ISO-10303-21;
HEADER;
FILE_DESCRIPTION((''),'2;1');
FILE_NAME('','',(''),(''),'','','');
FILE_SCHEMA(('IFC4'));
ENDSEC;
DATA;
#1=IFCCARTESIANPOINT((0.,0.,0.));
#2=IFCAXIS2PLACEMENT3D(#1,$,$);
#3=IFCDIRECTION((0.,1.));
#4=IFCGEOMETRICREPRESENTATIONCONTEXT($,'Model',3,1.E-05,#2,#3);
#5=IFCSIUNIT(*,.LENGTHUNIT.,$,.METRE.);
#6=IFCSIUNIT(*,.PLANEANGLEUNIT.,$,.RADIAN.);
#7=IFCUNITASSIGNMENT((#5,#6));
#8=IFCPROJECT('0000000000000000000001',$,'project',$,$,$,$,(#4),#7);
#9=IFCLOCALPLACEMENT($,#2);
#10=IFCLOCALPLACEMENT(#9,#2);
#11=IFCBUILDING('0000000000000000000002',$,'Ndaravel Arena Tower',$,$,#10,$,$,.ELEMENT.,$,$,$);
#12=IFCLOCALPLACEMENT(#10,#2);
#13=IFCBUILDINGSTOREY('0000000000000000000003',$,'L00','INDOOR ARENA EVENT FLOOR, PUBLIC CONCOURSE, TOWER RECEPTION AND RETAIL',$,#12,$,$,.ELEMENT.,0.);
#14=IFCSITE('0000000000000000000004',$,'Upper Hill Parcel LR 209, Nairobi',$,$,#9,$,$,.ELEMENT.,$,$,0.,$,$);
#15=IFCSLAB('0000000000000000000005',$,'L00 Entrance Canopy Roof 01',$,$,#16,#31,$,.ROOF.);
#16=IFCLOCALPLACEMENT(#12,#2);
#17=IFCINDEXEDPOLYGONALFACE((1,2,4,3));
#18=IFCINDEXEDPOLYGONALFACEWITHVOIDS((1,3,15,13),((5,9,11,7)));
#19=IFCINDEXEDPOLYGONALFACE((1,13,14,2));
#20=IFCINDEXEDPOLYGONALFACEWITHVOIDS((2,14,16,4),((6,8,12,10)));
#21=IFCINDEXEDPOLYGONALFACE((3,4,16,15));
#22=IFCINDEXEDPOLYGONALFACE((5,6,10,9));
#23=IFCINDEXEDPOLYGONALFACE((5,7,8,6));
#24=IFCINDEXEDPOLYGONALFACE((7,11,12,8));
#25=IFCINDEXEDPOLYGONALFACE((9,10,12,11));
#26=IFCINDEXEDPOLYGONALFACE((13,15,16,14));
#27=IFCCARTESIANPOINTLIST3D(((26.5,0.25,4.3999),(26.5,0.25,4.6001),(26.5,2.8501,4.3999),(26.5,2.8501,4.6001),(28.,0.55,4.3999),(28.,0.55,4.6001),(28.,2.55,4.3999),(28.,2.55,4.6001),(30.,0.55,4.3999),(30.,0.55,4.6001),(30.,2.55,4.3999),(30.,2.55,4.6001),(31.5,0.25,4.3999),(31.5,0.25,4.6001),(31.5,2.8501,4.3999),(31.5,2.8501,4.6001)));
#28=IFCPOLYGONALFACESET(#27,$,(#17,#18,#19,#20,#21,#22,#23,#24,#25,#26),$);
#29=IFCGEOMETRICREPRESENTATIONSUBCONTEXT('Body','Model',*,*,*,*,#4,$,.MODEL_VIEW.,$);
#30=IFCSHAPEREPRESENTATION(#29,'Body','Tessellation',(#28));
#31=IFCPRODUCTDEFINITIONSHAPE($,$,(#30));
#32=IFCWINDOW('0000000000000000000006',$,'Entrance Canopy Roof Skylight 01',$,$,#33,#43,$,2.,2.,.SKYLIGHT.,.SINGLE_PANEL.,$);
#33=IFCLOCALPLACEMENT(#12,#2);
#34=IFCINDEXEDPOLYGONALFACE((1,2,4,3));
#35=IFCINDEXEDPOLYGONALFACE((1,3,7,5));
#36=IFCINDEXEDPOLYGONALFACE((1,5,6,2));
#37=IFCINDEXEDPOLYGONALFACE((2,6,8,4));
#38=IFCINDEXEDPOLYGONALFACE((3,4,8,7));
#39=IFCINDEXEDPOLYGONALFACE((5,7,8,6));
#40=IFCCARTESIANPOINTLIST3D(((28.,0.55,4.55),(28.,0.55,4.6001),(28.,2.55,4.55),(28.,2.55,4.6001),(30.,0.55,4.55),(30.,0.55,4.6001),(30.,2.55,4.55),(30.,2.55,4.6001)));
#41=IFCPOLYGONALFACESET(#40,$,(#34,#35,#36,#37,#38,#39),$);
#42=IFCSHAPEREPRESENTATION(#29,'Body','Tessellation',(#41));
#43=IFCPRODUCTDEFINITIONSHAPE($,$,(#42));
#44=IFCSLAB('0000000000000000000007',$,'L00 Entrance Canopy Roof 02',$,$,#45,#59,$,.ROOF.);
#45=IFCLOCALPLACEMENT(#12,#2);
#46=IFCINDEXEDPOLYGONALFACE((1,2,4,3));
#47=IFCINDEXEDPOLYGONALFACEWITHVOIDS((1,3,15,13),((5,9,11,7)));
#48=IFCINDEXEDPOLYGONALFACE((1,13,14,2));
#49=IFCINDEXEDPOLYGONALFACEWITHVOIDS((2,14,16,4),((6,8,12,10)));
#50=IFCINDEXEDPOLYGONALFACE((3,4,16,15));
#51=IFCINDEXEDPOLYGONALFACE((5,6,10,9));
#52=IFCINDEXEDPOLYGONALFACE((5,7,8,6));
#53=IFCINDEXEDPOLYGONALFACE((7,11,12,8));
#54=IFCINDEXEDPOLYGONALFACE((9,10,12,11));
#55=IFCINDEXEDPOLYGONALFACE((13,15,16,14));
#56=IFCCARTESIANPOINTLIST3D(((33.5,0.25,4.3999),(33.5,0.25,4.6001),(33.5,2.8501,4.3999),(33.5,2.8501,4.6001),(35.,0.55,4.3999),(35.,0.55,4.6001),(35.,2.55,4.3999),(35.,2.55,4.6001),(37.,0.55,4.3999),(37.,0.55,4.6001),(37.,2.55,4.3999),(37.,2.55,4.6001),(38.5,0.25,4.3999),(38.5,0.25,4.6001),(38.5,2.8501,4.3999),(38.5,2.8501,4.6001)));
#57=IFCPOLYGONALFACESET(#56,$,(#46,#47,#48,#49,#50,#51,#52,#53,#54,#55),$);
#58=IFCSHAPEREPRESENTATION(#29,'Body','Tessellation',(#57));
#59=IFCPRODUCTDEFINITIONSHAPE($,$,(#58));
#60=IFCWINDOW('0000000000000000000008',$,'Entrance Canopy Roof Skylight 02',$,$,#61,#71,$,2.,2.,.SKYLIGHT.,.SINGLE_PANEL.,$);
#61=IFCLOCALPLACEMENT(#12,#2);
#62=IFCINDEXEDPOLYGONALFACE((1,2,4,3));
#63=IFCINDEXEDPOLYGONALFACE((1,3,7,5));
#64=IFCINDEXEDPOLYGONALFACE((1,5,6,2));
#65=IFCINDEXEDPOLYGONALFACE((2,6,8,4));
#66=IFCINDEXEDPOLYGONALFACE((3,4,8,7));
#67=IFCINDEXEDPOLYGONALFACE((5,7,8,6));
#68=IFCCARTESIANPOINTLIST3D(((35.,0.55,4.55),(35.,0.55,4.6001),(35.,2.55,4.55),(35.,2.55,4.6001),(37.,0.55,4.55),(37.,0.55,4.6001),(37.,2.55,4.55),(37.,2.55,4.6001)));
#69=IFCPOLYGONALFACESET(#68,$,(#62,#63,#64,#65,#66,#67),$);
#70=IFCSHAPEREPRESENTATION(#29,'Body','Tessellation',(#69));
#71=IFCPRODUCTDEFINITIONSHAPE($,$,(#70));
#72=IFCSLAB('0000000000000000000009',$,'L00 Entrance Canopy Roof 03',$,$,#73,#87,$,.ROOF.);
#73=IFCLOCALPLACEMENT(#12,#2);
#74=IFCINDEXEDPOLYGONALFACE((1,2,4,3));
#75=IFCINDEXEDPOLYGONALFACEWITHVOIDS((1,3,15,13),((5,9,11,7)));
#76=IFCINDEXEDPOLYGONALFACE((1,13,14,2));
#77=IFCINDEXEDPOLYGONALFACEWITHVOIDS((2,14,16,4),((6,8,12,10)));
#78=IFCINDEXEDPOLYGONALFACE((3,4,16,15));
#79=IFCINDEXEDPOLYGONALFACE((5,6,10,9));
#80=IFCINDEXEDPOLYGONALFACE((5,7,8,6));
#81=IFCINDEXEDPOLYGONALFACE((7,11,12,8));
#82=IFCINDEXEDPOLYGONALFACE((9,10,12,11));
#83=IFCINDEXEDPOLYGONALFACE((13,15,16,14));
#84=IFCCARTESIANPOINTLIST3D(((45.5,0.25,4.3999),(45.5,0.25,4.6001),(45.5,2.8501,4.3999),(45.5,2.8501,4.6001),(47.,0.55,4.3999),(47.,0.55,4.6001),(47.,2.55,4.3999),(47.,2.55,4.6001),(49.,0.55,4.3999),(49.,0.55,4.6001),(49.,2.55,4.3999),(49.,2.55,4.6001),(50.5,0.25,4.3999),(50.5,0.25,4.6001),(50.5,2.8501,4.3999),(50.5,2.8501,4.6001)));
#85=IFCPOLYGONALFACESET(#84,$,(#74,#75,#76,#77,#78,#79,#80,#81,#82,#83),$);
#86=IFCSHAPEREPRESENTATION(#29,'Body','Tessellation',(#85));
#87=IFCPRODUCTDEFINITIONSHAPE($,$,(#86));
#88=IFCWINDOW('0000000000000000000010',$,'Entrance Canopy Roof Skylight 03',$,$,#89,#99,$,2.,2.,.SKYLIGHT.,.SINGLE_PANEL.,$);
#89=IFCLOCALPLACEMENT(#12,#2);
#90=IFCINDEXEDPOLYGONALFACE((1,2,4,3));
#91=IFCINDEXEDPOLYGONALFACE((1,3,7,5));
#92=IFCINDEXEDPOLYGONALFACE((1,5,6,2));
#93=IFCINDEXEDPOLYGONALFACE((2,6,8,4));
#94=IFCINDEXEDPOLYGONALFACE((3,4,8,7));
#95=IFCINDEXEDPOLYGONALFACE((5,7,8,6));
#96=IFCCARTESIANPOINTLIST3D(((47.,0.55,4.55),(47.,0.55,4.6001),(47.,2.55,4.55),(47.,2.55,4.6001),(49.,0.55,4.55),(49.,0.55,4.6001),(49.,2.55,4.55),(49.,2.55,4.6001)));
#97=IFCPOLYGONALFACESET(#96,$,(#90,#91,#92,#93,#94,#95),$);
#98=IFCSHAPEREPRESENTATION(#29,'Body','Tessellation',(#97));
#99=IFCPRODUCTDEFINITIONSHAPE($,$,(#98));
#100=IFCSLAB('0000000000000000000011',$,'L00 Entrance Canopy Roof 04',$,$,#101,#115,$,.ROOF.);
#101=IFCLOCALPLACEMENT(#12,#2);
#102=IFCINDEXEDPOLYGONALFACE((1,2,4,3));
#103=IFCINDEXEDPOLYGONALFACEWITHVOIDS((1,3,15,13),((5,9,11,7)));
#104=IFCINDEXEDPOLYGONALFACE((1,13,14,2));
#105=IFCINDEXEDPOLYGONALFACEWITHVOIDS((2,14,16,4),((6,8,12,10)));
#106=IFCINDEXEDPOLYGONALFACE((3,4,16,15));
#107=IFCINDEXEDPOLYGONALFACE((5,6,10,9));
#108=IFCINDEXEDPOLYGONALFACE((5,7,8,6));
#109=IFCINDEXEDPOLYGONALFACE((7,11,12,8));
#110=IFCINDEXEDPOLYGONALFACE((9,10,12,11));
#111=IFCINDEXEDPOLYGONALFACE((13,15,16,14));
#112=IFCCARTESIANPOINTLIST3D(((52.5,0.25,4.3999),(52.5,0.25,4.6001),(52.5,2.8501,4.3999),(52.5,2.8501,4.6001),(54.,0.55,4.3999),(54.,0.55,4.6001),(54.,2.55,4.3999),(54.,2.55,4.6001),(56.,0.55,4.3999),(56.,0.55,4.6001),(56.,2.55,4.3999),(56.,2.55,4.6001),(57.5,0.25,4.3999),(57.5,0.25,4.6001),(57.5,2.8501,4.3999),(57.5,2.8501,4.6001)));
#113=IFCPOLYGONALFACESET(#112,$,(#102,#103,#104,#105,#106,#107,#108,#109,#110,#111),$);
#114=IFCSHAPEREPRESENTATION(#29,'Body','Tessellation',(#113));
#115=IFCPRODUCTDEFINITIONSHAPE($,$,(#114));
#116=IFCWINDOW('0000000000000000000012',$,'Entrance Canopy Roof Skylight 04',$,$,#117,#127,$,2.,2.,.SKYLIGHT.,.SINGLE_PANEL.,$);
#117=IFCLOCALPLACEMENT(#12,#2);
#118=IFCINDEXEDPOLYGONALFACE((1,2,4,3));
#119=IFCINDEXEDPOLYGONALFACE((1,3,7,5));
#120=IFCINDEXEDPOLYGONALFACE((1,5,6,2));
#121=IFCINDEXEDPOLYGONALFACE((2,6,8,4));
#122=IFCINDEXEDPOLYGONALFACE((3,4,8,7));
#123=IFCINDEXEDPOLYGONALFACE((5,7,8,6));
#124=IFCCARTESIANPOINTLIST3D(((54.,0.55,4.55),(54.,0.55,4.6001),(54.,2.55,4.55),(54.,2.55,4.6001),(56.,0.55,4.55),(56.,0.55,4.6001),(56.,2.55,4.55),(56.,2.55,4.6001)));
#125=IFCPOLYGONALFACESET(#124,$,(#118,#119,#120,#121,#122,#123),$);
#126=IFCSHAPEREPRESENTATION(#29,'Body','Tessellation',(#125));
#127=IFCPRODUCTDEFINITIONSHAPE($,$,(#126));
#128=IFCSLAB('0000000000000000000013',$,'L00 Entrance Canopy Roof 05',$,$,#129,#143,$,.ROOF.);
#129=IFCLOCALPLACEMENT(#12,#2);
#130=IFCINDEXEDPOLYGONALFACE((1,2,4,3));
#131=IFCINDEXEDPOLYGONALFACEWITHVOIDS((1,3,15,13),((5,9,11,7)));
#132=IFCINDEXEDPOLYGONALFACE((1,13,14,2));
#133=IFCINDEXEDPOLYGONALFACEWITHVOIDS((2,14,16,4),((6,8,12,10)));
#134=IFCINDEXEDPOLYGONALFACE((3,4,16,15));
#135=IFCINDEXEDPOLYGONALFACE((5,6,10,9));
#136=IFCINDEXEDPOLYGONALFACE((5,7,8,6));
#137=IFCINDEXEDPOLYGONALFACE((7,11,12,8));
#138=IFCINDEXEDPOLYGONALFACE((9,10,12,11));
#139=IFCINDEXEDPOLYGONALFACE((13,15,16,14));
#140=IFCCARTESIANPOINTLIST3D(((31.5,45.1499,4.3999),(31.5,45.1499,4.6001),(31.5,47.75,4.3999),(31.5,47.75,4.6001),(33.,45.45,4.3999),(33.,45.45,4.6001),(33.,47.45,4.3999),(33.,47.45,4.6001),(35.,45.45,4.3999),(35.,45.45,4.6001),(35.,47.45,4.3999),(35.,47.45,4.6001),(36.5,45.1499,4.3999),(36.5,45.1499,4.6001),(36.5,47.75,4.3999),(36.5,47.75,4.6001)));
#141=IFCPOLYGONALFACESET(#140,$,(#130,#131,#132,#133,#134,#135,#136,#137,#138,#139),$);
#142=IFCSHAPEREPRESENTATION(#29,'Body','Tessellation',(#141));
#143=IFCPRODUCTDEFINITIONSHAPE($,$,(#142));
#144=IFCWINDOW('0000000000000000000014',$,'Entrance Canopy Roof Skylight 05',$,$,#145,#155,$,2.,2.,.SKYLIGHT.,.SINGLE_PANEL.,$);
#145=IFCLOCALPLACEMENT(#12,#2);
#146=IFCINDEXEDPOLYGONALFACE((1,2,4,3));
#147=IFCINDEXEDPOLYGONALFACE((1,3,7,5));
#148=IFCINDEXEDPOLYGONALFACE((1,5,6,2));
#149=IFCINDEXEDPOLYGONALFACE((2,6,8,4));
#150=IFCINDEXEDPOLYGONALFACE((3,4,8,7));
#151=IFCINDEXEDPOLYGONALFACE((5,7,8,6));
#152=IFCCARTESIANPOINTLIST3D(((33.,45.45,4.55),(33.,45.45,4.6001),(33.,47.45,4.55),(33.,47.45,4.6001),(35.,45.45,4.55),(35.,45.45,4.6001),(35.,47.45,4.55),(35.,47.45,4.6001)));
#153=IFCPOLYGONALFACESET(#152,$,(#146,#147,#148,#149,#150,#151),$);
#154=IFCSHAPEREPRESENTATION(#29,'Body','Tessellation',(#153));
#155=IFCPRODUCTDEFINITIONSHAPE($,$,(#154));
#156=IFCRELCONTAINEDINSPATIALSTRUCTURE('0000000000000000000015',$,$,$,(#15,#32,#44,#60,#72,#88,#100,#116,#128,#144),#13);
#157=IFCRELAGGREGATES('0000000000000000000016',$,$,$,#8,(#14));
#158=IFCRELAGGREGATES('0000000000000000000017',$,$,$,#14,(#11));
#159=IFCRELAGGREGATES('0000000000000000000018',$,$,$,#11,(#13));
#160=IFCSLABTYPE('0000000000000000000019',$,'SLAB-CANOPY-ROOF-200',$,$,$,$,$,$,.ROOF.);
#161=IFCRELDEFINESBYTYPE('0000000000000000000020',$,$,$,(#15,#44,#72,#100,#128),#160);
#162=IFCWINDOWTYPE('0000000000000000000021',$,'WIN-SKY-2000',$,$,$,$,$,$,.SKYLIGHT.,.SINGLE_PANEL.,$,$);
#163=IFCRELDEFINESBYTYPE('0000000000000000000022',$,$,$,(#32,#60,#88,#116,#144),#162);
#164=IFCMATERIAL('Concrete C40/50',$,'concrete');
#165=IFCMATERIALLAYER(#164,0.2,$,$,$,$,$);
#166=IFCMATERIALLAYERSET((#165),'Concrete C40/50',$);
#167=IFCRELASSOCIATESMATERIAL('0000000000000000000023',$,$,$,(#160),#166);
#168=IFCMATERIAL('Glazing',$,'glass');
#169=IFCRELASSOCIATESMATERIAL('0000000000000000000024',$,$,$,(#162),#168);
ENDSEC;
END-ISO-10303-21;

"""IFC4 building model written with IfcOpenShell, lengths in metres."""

from ifc_helpers import new_model, si_unit, direction, frame, origin, origin_2d, place, context, subcontext, project, spatial, polyline, rectangle, outline, extrude, material, layer, layer_set, type_object, element, fill, save


model = new_model("IFC4")

# Units and contexts
model_context = context("Model", 3, precision=1e-05, world=origin(), true_north=direction((0.0, 1.0)))
body_context = subcontext(model_context, "Body", "Model", "MODEL_VIEW")
ifc_project = project(units=[si_unit("LENGTHUNIT", "METRE"), si_unit("PLANEANGLEUNIT", "RADIAN")], contexts=[model_context])

# Site, building, storey
site_placement = place(None, origin())
site = spatial("IfcSite", under=ifc_project, at=site_placement, Name="Upper Hill Parcel LR 209, Nairobi", CompositionType="ELEMENT", RefElevation=0.0)
building_placement = place(site_placement, origin())
building = spatial("IfcBuilding", under=site, at=building_placement, Name="Ndaravel Arena Tower", CompositionType="ELEMENT")
storey_placement = place(building_placement, origin())
storey = spatial("IfcBuildingStorey", under=building, at=storey_placement, Name="L00", Description="INDOOR ARENA EVENT FLOOR, PUBLIC CONCOURSE, TOWER RECEPTION AND RETAIL", CompositionType="ELEMENT", Elevation=0.0)

# Slabs, openings, windows
ifc_material_1 = material(Name="Concrete C40/50", Category="concrete")
ifc_layer_1 = layer(ifc_material_1, 0.2)
ifc_layer_set_1 = layer_set([ifc_layer_1], Name="Concrete C40/50")
slab_type_1 = type_object("IfcSlabType", Name="SLAB-CANOPY-ROOF-200", PredefinedType="ROOF", material=ifc_layer_set_1)
slab_1_placement = place(storey_placement, frame((0.0, 0.0, 4.3999)))
slab_1 = element("IfcSlab", 1, at=slab_1_placement, inside=storey, type_object=slab_type_1, Name="L00 Entrance Canopy Roof 01", PredefinedType="ROOF", context=body_context, shape_type="SweptSolid", body=[
    extrude(outline(polyline([(26.5, 0.25), (31.5, 0.25), (31.5, 2.8501), (26.5, 2.8501), (26.5, 0.25)]), holes=[polyline([(28.0, 0.55), (30.0, 0.55), (30.0, 2.55), (28.0, 2.55), (28.0, 0.55)])]), origin(), (0.0, 0.0, 1.0), 0.2002),
])
opening_1_placement = place(slab_1_placement, frame((29.0, 1.55, 0.0)))
opening_1 = element("IfcOpeningElement", 2, at=opening_1_placement, cuts=slab_1, PredefinedType="OPENING", context=body_context, shape_type="SweptSolid", body=[
    extrude(rectangle(XDim=2.0, YDim=2.0, at=origin_2d()), origin(), (0.0, 0.0, 1.0), 0.2002),
])
ifc_material_2 = material(Name="Glazing", Category="glass")
window_type = type_object("IfcWindowType", Name="WIN-SKY-2000", PartitioningType="SINGLE_PANEL", PredefinedType="SKYLIGHT", material=ifc_material_2)
window_1_placement = place(opening_1_placement, frame((0.0, 0.0, 0.1501)))
window_1 = element("IfcWindow", 3, at=window_1_placement, inside=storey, type_object=window_type, Name="Entrance Canopy Roof Skylight 01", OverallHeight=2.0, OverallWidth=2.0, PartitioningType="SINGLE_PANEL", PredefinedType="SKYLIGHT", context=body_context, shape_type="SweptSolid", body=[
    extrude(rectangle(XDim=2.0, YDim=2.0, at=origin_2d()), origin(), (0.0, 0.0, 1.0), 0.05),
])
fill(opening_1, window_1)
slab_2_placement = place(storey_placement, frame((0.0, 0.0, 4.3999)))
slab_2 = element("IfcSlab", 4, at=slab_2_placement, inside=storey, type_object=slab_type_1, Name="L00 Entrance Canopy Roof 02", PredefinedType="ROOF", context=body_context, shape_type="SweptSolid", body=[
    extrude(outline(polyline([(33.5, 0.25), (38.5, 0.25), (38.5, 2.8501), (33.5, 2.8501), (33.5, 0.25)]), holes=[polyline([(35.0, 0.55), (37.0, 0.55), (37.0, 2.55), (35.0, 2.55), (35.0, 0.55)])]), origin(), (0.0, 0.0, 1.0), 0.2002),
])
opening_2_placement = place(slab_2_placement, frame((36.0, 1.55, 0.0)))
opening_2 = element("IfcOpeningElement", 5, at=opening_2_placement, cuts=slab_2, PredefinedType="OPENING", context=body_context, shape_type="SweptSolid", body=[
    extrude(rectangle(XDim=2.0, YDim=2.0, at=origin_2d()), origin(), (0.0, 0.0, 1.0), 0.2002),
])
window_2_placement = place(opening_2_placement, frame((0.0, 0.0, 0.1501)))
window_2 = element("IfcWindow", 6, at=window_2_placement, inside=storey, type_object=window_type, Name="Entrance Canopy Roof Skylight 02", OverallHeight=2.0, OverallWidth=2.0, PartitioningType="SINGLE_PANEL", PredefinedType="SKYLIGHT", context=body_context, shape_type="SweptSolid", body=[
    extrude(rectangle(XDim=2.0, YDim=2.0, at=origin_2d()), origin(), (0.0, 0.0, 1.0), 0.05),
])
fill(opening_2, window_2)
slab_3_placement = place(storey_placement, frame((0.0, 0.0, 4.3999)))
slab_3 = element("IfcSlab", 7, at=slab_3_placement, inside=storey, type_object=slab_type_1, Name="L00 Entrance Canopy Roof 03", PredefinedType="ROOF", context=body_context, shape_type="SweptSolid", body=[
    extrude(outline(polyline([(45.5, 0.25), (50.5, 0.25), (50.5, 2.8501), (45.5, 2.8501), (45.5, 0.25)]), holes=[polyline([(47.0, 0.55), (49.0, 0.55), (49.0, 2.55), (47.0, 2.55), (47.0, 0.55)])]), origin(), (0.0, 0.0, 1.0), 0.2002),
])
opening_3_placement = place(slab_3_placement, frame((48.0, 1.55, 0.0)))
opening_3 = element("IfcOpeningElement", 8, at=opening_3_placement, cuts=slab_3, PredefinedType="OPENING", context=body_context, shape_type="SweptSolid", body=[
    extrude(rectangle(XDim=2.0, YDim=2.0, at=origin_2d()), origin(), (0.0, 0.0, 1.0), 0.2002),
])
window_3_placement = place(opening_3_placement, frame((0.0, 0.0, 0.1501)))
window_3 = element("IfcWindow", 9, at=window_3_placement, inside=storey, type_object=window_type, Name="Entrance Canopy Roof Skylight 03", OverallHeight=2.0, OverallWidth=2.0, PartitioningType="SINGLE_PANEL", PredefinedType="SKYLIGHT", context=body_context, shape_type="SweptSolid", body=[
    extrude(rectangle(XDim=2.0, YDim=2.0, at=origin_2d()), origin(), (0.0, 0.0, 1.0), 0.05),
])
fill(opening_3, window_3)
slab_4_placement = place(storey_placement, frame((0.0, 0.0, 4.3999)))
slab_4 = element("IfcSlab", 10, at=slab_4_placement, inside=storey, type_object=slab_type_1, Name="L00 Entrance Canopy Roof 04", PredefinedType="ROOF", context=body_context, shape_type="SweptSolid", body=[
    extrude(outline(polyline([(52.5, 0.25), (57.5, 0.25), (57.5, 2.8501), (52.5, 2.8501), (52.5, 0.25)]), holes=[polyline([(54.0, 0.55), (56.0, 0.55), (56.0, 2.55), (54.0, 2.55), (54.0, 0.55)])]), origin(), (0.0, 0.0, 1.0), 0.2002),
])
opening_4_placement = place(slab_4_placement, frame((55.0, 1.55, 0.0)))
opening_4 = element("IfcOpeningElement", 11, at=opening_4_placement, cuts=slab_4, PredefinedType="OPENING", context=body_context, shape_type="SweptSolid", body=[
    extrude(rectangle(XDim=2.0, YDim=2.0, at=origin_2d()), origin(), (0.0, 0.0, 1.0), 0.2002),
])
window_4_placement = place(opening_4_placement, frame((0.0, 0.0, 0.1501)))
window_4 = element("IfcWindow", 12, at=window_4_placement, inside=storey, type_object=window_type, Name="Entrance Canopy Roof Skylight 04", OverallHeight=2.0, OverallWidth=2.0, PartitioningType="SINGLE_PANEL", PredefinedType="SKYLIGHT", context=body_context, shape_type="SweptSolid", body=[
    extrude(rectangle(XDim=2.0, YDim=2.0, at=origin_2d()), origin(), (0.0, 0.0, 1.0), 0.05),
])
fill(opening_4, window_4)
slab_5_placement = place(storey_placement, frame((0.0, 0.0, 4.3999)))
slab_5 = element("IfcSlab", 13, at=slab_5_placement, inside=storey, type_object=slab_type_1, Name="L00 Entrance Canopy Roof 05", PredefinedType="ROOF", context=body_context, shape_type="SweptSolid", body=[
    extrude(outline(polyline([(31.5, 45.1499), (36.5, 45.1499), (36.5, 47.75), (31.5, 47.75), (31.5, 45.1499)]), holes=[polyline([(33.0, 45.45), (35.0, 45.45), (35.0, 47.45), (33.0, 47.45), (33.0, 45.45)])]), origin(), (0.0, 0.0, 1.0), 0.2002),
])
opening_5_placement = place(slab_5_placement, frame((34.0, 46.45, 0.0)))
opening_5 = element("IfcOpeningElement", 14, at=opening_5_placement, cuts=slab_5, PredefinedType="OPENING", context=body_context, shape_type="SweptSolid", body=[
    extrude(rectangle(XDim=2.0, YDim=2.0, at=origin_2d()), origin(), (0.0, 0.0, 1.0), 0.2002),
])
window_5_placement = place(opening_5_placement, frame((0.0, 0.0, 0.1501)))
window_5 = element("IfcWindow", 15, at=window_5_placement, inside=storey, type_object=window_type, Name="Entrance Canopy Roof Skylight 05", OverallHeight=2.0, OverallWidth=2.0, PartitioningType="SINGLE_PANEL", PredefinedType="SKYLIGHT", context=body_context, shape_type="SweptSolid", body=[
    extrude(rectangle(XDim=2.0, YDim=2.0, at=origin_2d()), origin(), (0.0, 0.0, 1.0), 0.05),
])
fill(opening_5, window_5)

save(model, "model.ifc")
